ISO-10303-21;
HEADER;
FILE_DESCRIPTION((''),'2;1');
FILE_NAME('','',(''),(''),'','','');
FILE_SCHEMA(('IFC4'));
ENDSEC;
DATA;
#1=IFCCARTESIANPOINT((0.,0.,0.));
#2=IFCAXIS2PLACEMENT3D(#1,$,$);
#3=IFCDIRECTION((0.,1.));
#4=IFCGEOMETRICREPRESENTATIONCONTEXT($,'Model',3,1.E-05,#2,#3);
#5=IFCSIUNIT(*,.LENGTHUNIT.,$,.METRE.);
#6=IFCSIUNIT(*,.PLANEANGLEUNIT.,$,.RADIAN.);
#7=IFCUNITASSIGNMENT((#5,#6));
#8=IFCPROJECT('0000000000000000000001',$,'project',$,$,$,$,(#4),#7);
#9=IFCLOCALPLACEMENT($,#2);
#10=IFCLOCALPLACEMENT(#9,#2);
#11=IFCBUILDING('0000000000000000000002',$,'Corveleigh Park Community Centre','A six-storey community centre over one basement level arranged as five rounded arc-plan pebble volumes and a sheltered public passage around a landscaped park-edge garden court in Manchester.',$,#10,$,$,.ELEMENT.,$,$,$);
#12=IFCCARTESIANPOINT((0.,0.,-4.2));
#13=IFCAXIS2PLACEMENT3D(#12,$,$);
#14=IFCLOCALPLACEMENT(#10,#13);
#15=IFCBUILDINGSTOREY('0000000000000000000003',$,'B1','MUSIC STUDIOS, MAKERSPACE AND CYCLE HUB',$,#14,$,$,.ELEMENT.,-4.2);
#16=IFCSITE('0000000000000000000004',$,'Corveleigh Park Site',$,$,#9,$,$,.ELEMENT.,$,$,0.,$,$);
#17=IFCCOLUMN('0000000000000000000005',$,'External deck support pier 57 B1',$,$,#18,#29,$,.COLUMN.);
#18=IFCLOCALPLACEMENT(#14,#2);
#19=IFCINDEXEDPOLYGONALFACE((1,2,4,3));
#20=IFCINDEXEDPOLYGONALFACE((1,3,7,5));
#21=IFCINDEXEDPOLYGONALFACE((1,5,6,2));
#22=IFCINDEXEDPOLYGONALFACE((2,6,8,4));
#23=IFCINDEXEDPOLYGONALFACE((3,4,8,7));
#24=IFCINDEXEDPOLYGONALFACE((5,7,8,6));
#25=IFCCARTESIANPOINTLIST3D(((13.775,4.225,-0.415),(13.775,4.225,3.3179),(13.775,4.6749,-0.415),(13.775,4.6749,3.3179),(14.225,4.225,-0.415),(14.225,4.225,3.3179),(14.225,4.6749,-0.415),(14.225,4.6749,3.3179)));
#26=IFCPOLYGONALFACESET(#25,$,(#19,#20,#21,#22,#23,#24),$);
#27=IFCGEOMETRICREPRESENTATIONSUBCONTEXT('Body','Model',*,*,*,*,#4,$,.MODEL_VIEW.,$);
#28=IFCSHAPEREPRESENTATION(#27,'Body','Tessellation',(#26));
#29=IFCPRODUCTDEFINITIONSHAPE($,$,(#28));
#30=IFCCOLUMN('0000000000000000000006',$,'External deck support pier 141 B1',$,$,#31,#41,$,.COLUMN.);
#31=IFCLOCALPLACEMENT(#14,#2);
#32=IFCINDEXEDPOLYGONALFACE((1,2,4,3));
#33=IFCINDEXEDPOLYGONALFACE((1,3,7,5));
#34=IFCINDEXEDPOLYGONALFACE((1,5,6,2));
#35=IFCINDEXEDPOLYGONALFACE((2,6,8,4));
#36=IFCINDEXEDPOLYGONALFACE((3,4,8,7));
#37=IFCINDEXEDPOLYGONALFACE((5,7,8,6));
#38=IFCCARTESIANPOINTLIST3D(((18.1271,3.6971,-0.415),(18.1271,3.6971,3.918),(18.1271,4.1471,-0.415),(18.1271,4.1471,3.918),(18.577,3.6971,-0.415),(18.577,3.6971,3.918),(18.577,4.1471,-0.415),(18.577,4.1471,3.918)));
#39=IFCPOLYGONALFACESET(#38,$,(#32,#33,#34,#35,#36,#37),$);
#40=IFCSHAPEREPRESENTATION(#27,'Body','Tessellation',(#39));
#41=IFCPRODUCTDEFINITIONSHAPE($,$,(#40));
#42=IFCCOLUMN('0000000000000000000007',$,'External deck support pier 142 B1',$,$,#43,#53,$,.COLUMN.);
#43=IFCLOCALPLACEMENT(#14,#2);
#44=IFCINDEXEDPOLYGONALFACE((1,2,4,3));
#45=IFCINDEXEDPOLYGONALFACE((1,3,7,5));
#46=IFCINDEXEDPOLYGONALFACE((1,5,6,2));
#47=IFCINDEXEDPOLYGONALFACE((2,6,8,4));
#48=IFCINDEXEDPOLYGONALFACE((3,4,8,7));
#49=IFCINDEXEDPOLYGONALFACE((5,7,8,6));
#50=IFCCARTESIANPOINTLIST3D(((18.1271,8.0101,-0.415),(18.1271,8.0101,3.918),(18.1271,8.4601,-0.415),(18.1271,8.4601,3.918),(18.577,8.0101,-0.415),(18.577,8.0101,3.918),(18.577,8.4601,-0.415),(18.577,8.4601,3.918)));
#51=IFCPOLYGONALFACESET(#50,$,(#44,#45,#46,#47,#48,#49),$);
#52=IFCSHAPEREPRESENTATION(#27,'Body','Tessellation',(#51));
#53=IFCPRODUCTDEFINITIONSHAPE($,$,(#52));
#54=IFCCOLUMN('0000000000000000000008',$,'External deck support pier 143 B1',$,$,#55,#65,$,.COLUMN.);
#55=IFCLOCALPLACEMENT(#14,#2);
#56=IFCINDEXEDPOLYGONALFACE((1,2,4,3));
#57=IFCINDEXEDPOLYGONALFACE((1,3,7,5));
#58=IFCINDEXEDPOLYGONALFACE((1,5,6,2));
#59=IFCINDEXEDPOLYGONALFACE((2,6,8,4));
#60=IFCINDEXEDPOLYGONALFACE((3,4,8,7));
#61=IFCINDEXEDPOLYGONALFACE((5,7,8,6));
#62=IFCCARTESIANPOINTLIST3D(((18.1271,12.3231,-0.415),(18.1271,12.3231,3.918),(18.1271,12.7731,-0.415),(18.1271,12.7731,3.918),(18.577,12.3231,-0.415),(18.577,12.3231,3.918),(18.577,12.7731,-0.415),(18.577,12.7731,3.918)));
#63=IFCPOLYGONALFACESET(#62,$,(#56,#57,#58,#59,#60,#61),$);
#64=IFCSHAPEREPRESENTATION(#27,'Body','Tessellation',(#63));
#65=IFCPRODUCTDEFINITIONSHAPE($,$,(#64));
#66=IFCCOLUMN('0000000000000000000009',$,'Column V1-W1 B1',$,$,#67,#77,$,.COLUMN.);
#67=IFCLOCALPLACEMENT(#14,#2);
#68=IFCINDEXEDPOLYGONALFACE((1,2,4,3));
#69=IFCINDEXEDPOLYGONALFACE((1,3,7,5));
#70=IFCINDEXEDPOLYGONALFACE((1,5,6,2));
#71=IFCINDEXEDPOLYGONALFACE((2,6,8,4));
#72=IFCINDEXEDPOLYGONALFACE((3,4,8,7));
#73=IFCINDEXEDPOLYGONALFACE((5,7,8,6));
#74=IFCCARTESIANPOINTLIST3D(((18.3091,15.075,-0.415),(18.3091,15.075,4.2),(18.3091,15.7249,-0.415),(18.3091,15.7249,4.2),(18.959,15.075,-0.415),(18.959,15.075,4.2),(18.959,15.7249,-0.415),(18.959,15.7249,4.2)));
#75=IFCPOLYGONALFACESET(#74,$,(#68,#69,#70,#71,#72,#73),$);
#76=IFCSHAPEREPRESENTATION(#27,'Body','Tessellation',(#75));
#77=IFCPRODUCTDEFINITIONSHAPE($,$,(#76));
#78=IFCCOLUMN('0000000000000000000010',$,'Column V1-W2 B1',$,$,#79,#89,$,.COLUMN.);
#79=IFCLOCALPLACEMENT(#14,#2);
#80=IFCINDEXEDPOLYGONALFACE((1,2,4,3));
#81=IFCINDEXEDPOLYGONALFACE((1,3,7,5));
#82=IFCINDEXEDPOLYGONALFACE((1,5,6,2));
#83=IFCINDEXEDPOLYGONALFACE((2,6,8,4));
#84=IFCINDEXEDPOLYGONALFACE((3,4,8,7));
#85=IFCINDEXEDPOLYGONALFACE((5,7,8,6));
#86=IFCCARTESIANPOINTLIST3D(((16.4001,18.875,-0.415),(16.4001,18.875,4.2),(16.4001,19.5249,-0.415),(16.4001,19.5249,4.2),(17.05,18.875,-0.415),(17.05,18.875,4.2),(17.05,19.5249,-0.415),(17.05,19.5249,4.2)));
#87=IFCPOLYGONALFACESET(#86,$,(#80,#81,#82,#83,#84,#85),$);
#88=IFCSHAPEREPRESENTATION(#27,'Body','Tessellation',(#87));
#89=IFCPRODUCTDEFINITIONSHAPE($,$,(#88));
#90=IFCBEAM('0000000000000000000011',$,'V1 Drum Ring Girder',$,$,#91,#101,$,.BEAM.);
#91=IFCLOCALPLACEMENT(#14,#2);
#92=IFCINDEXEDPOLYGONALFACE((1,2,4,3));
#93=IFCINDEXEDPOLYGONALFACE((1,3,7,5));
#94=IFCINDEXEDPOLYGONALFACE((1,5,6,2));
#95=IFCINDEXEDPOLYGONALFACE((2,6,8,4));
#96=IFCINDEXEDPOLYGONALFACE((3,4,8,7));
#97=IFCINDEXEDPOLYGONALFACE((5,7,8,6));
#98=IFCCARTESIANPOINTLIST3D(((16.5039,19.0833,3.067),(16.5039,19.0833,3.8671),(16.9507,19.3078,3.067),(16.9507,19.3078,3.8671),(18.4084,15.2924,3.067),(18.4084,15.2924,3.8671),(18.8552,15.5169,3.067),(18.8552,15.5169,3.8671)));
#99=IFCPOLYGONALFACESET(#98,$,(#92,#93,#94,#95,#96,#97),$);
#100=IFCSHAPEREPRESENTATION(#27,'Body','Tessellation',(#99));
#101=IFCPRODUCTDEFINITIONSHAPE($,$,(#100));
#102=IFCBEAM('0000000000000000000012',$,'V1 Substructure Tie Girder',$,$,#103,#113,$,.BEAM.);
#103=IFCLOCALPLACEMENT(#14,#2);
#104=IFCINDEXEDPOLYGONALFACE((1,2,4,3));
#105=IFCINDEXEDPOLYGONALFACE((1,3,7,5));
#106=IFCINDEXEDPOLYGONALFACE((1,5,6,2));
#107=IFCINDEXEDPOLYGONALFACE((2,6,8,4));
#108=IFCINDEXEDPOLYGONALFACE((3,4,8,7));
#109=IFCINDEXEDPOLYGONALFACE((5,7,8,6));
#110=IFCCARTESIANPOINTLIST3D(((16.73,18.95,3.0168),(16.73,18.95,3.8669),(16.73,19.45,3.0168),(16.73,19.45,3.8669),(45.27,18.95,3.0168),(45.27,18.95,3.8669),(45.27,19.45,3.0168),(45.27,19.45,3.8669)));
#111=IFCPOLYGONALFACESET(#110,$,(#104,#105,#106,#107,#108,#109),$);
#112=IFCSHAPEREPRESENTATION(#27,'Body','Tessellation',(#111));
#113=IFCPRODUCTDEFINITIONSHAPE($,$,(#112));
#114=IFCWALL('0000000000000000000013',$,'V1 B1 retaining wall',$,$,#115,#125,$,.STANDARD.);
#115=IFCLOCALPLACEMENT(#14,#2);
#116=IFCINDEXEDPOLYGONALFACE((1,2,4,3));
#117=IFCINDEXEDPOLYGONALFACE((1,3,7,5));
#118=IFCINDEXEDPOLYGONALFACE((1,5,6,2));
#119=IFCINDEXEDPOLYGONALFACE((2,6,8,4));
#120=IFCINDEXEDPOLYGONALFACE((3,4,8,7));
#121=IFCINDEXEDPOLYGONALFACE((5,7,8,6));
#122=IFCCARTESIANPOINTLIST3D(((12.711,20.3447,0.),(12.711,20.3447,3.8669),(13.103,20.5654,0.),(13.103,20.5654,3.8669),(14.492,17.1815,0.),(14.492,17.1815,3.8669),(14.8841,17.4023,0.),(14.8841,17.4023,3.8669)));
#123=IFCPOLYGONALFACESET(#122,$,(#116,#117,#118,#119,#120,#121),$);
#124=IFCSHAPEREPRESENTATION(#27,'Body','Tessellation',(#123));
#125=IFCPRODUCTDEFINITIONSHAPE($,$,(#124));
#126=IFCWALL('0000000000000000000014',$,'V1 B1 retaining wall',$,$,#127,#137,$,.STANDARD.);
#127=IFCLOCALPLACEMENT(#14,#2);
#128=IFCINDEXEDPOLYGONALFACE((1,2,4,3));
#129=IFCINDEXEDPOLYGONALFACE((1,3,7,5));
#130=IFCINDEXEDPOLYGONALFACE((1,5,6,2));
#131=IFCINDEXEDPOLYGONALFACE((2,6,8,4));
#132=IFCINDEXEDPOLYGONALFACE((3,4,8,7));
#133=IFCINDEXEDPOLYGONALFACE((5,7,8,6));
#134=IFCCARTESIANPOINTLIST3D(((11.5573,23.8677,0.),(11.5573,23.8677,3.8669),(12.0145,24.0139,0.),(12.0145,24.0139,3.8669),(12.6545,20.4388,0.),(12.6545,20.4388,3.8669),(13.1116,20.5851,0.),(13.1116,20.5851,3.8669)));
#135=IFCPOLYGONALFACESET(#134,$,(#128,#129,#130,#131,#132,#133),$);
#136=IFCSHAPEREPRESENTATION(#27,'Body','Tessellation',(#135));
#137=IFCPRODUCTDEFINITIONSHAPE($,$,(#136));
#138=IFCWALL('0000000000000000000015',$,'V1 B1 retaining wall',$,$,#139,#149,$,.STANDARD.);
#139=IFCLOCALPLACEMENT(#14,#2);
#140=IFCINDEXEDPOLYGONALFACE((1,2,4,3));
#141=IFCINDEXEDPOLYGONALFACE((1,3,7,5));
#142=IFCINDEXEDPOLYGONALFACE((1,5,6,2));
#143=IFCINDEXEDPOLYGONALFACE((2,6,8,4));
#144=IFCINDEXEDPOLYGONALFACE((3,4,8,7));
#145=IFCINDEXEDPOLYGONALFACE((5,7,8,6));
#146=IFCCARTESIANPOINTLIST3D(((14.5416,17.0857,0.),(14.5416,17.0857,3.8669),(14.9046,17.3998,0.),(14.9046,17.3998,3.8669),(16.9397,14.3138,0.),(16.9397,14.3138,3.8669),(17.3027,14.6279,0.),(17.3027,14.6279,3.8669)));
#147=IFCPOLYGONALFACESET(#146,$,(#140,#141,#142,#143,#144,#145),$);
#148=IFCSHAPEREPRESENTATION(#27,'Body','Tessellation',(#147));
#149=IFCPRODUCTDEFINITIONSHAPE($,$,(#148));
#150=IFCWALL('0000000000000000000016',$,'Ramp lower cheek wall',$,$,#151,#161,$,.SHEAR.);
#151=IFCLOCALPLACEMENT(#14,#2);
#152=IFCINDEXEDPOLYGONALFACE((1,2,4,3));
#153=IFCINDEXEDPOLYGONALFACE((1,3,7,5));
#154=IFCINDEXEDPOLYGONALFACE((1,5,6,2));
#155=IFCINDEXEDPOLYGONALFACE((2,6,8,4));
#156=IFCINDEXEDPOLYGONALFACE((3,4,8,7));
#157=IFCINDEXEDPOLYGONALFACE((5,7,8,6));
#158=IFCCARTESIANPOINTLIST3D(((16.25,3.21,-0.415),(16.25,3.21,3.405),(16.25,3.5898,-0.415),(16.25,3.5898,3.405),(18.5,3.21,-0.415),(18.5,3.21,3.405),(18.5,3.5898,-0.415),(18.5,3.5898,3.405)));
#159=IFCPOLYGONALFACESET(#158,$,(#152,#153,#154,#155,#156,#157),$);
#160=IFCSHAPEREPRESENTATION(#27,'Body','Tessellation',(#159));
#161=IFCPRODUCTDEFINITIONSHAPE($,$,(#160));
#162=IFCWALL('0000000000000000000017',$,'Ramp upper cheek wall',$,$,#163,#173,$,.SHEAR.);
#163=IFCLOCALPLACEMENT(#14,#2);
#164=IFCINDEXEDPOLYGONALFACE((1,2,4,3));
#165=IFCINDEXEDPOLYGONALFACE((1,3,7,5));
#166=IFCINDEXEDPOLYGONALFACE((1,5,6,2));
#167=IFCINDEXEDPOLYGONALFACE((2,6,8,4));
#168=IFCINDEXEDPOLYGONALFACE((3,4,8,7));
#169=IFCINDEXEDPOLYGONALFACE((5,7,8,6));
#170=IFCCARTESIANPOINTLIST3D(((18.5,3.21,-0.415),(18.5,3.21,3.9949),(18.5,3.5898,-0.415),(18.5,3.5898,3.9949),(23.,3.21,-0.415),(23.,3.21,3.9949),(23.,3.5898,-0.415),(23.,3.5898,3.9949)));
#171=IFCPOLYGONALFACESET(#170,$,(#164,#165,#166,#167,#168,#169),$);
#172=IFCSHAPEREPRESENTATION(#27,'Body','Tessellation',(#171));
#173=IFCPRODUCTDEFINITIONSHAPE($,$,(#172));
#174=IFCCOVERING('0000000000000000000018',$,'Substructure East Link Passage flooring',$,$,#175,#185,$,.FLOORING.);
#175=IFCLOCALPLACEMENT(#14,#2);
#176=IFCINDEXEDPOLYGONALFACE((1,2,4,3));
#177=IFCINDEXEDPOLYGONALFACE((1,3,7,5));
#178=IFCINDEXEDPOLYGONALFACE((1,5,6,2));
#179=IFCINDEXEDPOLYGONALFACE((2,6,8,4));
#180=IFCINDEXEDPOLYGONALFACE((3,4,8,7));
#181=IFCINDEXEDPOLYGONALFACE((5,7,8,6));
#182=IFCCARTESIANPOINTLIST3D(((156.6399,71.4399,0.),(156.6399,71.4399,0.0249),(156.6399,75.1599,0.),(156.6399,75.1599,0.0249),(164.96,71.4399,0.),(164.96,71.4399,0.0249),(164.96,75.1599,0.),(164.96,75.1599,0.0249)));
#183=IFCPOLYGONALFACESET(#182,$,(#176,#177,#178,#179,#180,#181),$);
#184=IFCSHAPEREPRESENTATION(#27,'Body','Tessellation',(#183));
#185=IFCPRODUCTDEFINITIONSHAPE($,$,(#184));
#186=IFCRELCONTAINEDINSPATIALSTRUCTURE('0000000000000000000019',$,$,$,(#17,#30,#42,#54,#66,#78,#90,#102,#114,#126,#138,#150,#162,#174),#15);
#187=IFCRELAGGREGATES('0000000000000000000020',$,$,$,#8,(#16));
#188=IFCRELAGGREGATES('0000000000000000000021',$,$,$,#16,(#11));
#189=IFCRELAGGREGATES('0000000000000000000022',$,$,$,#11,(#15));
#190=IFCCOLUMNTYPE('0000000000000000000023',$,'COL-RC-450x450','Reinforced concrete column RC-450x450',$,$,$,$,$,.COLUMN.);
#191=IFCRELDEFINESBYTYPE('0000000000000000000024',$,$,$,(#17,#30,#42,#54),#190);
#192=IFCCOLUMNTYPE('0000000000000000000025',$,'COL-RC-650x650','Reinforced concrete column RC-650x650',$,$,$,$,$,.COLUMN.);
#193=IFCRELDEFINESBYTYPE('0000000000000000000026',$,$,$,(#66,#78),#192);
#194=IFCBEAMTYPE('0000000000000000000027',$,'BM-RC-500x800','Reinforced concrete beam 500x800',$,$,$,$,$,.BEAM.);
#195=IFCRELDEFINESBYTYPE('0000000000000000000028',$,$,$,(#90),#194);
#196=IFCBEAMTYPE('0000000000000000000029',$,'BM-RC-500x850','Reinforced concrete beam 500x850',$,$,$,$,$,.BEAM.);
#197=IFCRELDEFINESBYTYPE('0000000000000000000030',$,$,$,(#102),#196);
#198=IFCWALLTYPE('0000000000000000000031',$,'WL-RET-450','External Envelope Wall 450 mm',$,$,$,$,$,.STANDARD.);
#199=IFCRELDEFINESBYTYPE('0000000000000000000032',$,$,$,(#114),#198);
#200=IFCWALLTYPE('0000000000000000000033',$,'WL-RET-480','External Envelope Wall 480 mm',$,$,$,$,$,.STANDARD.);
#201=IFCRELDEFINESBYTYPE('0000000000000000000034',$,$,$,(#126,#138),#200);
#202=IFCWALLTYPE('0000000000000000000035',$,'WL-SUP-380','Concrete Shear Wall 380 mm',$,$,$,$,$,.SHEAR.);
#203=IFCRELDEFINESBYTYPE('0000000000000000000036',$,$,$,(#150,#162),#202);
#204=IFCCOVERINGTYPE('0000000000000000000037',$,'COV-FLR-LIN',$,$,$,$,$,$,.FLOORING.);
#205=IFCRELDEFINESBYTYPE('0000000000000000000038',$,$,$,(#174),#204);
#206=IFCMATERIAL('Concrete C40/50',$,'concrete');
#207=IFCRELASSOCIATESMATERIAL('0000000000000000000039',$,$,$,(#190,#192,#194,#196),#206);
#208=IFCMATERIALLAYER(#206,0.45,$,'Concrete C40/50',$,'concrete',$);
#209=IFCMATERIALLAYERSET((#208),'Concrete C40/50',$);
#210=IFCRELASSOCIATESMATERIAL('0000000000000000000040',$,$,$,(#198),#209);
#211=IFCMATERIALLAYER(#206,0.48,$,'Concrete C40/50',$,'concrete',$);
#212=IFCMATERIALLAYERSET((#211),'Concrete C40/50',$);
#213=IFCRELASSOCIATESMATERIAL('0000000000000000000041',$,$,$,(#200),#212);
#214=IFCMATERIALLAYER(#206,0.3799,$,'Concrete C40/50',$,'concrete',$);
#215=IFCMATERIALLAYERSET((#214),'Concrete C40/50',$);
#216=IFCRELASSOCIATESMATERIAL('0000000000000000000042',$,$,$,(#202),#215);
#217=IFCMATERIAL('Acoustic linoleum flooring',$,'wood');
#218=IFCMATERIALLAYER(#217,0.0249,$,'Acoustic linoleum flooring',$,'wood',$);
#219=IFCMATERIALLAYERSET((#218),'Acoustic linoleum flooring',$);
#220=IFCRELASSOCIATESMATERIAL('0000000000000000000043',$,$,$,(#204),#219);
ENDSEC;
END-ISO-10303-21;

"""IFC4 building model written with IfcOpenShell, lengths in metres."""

from ifc_helpers import new_model, si_unit, direction, frame, frame_2d, origin, origin_2d, place, context, subcontext, project, spatial, polyline, rectangle, outline, extrude, material, layer, layer_set, material_profile, profile_set, type_object, element, save


model = new_model("IFC4")

# Units and contexts
model_context = context("Model", 3, precision=1e-05, world=origin(), true_north=direction((0.0, 1.0)))
body_context = subcontext(model_context, "Body", "Model", "MODEL_VIEW")
ifc_project = project(units=[si_unit("LENGTHUNIT", "METRE"), si_unit("PLANEANGLEUNIT", "RADIAN")], contexts=[model_context])

# Site, building, storey
site_placement = place(None, origin())
site = spatial("IfcSite", under=ifc_project, at=site_placement, Name="Corveleigh Park Site", CompositionType="ELEMENT", RefElevation=0.0)
building_placement = place(site_placement, origin())
building = spatial("IfcBuilding", under=site, at=building_placement, Name="Corveleigh Park Community Centre", Description="A six-storey community centre over one basement level arranged as five rounded arc-plan pebble volumes and a sheltered public passage around a landscaped park-edge garden court in Manchester.", CompositionType="ELEMENT")
storey_placement = place(building_placement, frame((0.0, 0.0, -4.2)))
storey = spatial("IfcBuildingStorey", under=building, at=storey_placement, Name="B1", Description="MUSIC STUDIOS, MAKERSPACE AND CYCLE HUB", CompositionType="ELEMENT", Elevation=-4.2)

# Shared definitions
ifc_material_1 = material(Name="Concrete C40/50", Category="concrete")

# Columns
ifc_material_profile_1 = material_profile(ifc_material_1, rectangle(XDim=0.45, YDim=0.45, at=origin_2d()), Name="RC-450x450", Category="concrete")
ifc_profile_set_1 = profile_set([ifc_material_profile_1], Name="Concrete C40/50")
column_type_1 = type_object("IfcColumnType", Name="COL-RC-450x450", Description="Reinforced concrete column RC-450x450", PredefinedType="COLUMN", material=ifc_profile_set_1)
for number, where, z_axis, x_axis, name in (
    (1, (14.0, 4.45, -0.415), (0.0, 0.0, 1.0), (1.0, 0.0, 0.0), "External deck support pier 57 B1"),
):
    element("IfcColumn", number, at=place(storey_placement, frame(where, z_axis=z_axis, x_axis=x_axis)), inside=storey, type_object=column_type_1, Name=name, PredefinedType="COLUMN", context=body_context, shape_type="SweptSolid", body=[
        extrude(rectangle(XDim=0.45, YDim=0.45, at=origin_2d()), origin(), (0.0, 0.0, 1.0), 3.7329),
    ])
for number, where, z_axis, x_axis, name in (
    (2, (18.3521, 3.9221, -0.415), (0.0, 0.0, 1.0), (1.0, 0.0, 0.0), "External deck support pier 141 B1"),
    (3, (18.3521, 8.2351, -0.415), (0.0, 0.0, 1.0), (1.0, 0.0, 0.0), "External deck support pier 142 B1"),
    (4, (18.3521, 12.5481, -0.415), (0.0, 0.0, 1.0), (1.0, 0.0, 0.0), "External deck support pier 143 B1"),
):
    element("IfcColumn", number, at=place(storey_placement, frame(where, z_axis=z_axis, x_axis=x_axis)), inside=storey, type_object=column_type_1, Name=name, PredefinedType="COLUMN", context=body_context, shape_type="SweptSolid", body=[
        extrude(rectangle(XDim=0.45, YDim=0.45, at=origin_2d()), origin(), (0.0, 0.0, 1.0), 4.333),
    ])
ifc_material_profile_2 = material_profile(ifc_material_1, rectangle(XDim=0.6499, YDim=0.6499, at=origin_2d()), Name="RC-650x650", Category="concrete")
ifc_profile_set_2 = profile_set([ifc_material_profile_2], Name="Concrete C40/50")
column_type_2 = type_object("IfcColumnType", Name="COL-RC-650x650", Description="Reinforced concrete column RC-650x650", PredefinedType="COLUMN", material=ifc_profile_set_2)
for number, where, z_axis, x_axis, name in (
    (5, (18.634, 15.3999, -0.415), (0.0, 0.0, 1.0), (1.0, 0.0, 0.0), "Column V1-W1 B1"),
    (6, (16.7251, 19.2, -0.415), (0.0, 0.0, 1.0), (1.0, 0.0, 0.0), "Column V1-W2 B1"),
):
    element("IfcColumn", number, at=place(storey_placement, frame(where, z_axis=z_axis, x_axis=x_axis)), inside=storey, type_object=column_type_2, Name=name, PredefinedType="COLUMN", context=body_context, shape_type="SweptSolid", body=[
        extrude(rectangle(XDim=0.6499, YDim=0.6499, at=origin_2d()), origin(), (0.0, 0.0, 1.0), 4.615),
    ])

# Beams
ifc_material_profile_3 = material_profile(ifc_material_1, rectangle(XDim=0.5, YDim=0.8, at=origin_2d()), Name="RC-500x800", Category="concrete")
ifc_profile_set_3 = profile_set([ifc_material_profile_3], Name="Concrete C40/50")
beam_type_1 = type_object("IfcBeamType", Name="BM-RC-500x800", Description="Reinforced concrete beam 500x800", PredefinedType="BEAM", material=ifc_profile_set_3)
beam_1_placement = place(storey_placement, frame((16.7273, 19.1956, 3.467), z_axis=(0.448916, -0.893574, 0.0), x_axis=(0.893574, 0.448916, 0.0)))
element("IfcBeam", 7, at=beam_1_placement, inside=storey, type_object=beam_type_1, Name="V1 Drum Ring Girder", PredefinedType="BEAM", context=body_context, shape_type="SweptSolid", body=[
    extrude(rectangle(XDim=0.5, YDim=0.8, at=origin_2d()), origin(), (0.0, 0.0, 1.0), 4.2424),
])
ifc_material_profile_4 = material_profile(ifc_material_1, rectangle(XDim=0.5, YDim=0.8501, at=origin_2d()), Name="RC-500x850", Category="concrete")
ifc_profile_set_4 = profile_set([ifc_material_profile_4], Name="Concrete C40/50")
beam_type_2 = type_object("IfcBeamType", Name="BM-RC-500x850", Description="Reinforced concrete beam 500x850", PredefinedType="BEAM", material=ifc_profile_set_4)
beam_2_placement = place(storey_placement, frame((16.73, 19.2, 3.4419), z_axis=(1.0, 0.0, 0.0), x_axis=(0.0, 1.0, 0.0)))
element("IfcBeam", 8, at=beam_2_placement, inside=storey, type_object=beam_type_2, Name="V1 Substructure Tie Girder", PredefinedType="BEAM", context=body_context, shape_type="SweptSolid", body=[
    extrude(rectangle(XDim=0.5, YDim=0.8501, at=origin_2d()), origin(), (0.0, 0.0, 1.0), 28.54),
])

# Walls
ifc_layer_1 = layer(ifc_material_1, 0.45, Name="Concrete C40/50", Category="concrete")
ifc_layer_set_1 = layer_set([ifc_layer_1], Name="Concrete C40/50")
wall_type_1 = type_object("IfcWallType", Name="WL-RET-450", Description="External Envelope Wall 450 mm", PredefinedType="STANDARD", material=ifc_layer_set_1)
wall_1_placement = place(storey_placement, frame((14.688, 17.292, 0.0), z_axis=(0.0, 0.0, 1.0), x_axis=(-0.490632, 0.871367, 0.0)))
element("IfcWall", 9, at=wall_1_placement, inside=storey, type_object=wall_type_1, Name="V1 B1 retaining wall", PredefinedType="STANDARD", context=body_context, shape_type="SweptSolid", body=[
    extrude(rectangle(XDim=3.6301, YDim=0.45, at=frame_2d((1.8149, 0.0))), origin(), (0.0, 0.0, 1.0), 3.8669),
])
ifc_layer_2 = layer(ifc_material_1, 0.48, Name="Concrete C40/50", Category="concrete")
ifc_layer_set_2 = layer_set([ifc_layer_2], Name="Concrete C40/50")
wall_type_2 = type_object("IfcWallType", Name="WL-RET-480", Description="External Envelope Wall 480 mm", PredefinedType="STANDARD", material=ifc_layer_set_2)
wall_2_placement = place(storey_placement, frame((12.8831, 20.512, 0.0), z_axis=(0.0, 0.0, 1.0), x_axis=(-0.304751, 0.952432, 0.0)))
element("IfcWall", 10, at=wall_2_placement, inside=storey, type_object=wall_type_2, Name="V1 B1 retaining wall", PredefinedType="STANDARD", context=body_context, shape_type="SweptSolid", body=[
    extrude(rectangle(XDim=3.6001, YDim=0.48, at=frame_2d((1.8, 0.0))), origin(), (0.0, 0.0, 1.0), 3.8669),
])
wall_3_placement = place(storey_placement, frame((17.1211, 14.4709, 0.0), z_axis=(0.0, 0.0, 1.0), x_axis=(-0.654279, 0.756254, 0.0)))
element("IfcWall", 11, at=wall_3_placement, inside=storey, type_object=wall_type_2, Name="V1 B1 retaining wall", PredefinedType="STANDARD", context=body_context, shape_type="SweptSolid", body=[
    extrude(rectangle(XDim=3.6653, YDim=0.48, at=frame_2d((1.8325, 0.0))), origin(), (0.0, 0.0, 1.0), 3.8669),
])
ifc_layer_3 = layer(ifc_material_1, 0.3799, Name="Concrete C40/50", Category="concrete")
ifc_layer_set_3 = layer_set([ifc_layer_3], Name="Concrete C40/50")
wall_type_3 = type_object("IfcWallType", Name="WL-SUP-380", Description="Concrete Shear Wall 380 mm", PredefinedType="SHEAR", material=ifc_layer_set_3)
wall_4_placement = place(storey_placement, frame((16.25, 3.3999, -0.415), z_axis=(0.0, 0.0, 1.0), x_axis=(1.0, 0.0, 0.0)))
element("IfcWall", 12, at=wall_4_placement, inside=storey, type_object=wall_type_3, Name="Ramp lower cheek wall", PredefinedType="SHEAR", context=body_context, shape_type="SweptSolid", body=[
    extrude(rectangle(XDim=2.25, YDim=0.3799, at=frame_2d((1.125, 0.0))), origin(), (0.0, 0.0, 1.0), 3.8201),
])
wall_5_placement = place(storey_placement, frame((18.5, 3.3999, -0.415), z_axis=(0.0, 0.0, 1.0), x_axis=(1.0, 0.0, 0.0)))
element("IfcWall", 13, at=wall_5_placement, inside=storey, type_object=wall_type_3, Name="Ramp upper cheek wall", PredefinedType="SHEAR", context=body_context, shape_type="SweptSolid", body=[
    extrude(rectangle(XDim=4.5, YDim=0.3799, at=frame_2d((2.25, 0.0))), origin(), (0.0, 0.0, 1.0), 4.4099),
])

# Covering
ifc_material_2 = material(Name="Acoustic linoleum flooring", Category="wood")
ifc_layer_4 = layer(ifc_material_2, 0.0249, Name="Acoustic linoleum flooring", Category="wood")
ifc_layer_set_4 = layer_set([ifc_layer_4], Name="Acoustic linoleum flooring")
covering_type = type_object("IfcCoveringType", Name="COV-FLR-LIN", PredefinedType="FLOORING", material=ifc_layer_set_4)
covering_placement = place(storey_placement, origin())
element("IfcCovering", 14, at=covering_placement, inside=storey, type_object=covering_type, Name="Substructure East Link Passage flooring", PredefinedType="FLOORING", context=body_context, shape_type="SweptSolid", body=[
    extrude(outline(polyline([(164.96, 71.4399), (156.6399, 71.4399), (156.6399, 75.1599), (164.96, 75.1599), (164.96, 71.4399)])), origin(), (0.0, 0.0, 1.0), 0.0249),
])

save(model, "model.ifc")
